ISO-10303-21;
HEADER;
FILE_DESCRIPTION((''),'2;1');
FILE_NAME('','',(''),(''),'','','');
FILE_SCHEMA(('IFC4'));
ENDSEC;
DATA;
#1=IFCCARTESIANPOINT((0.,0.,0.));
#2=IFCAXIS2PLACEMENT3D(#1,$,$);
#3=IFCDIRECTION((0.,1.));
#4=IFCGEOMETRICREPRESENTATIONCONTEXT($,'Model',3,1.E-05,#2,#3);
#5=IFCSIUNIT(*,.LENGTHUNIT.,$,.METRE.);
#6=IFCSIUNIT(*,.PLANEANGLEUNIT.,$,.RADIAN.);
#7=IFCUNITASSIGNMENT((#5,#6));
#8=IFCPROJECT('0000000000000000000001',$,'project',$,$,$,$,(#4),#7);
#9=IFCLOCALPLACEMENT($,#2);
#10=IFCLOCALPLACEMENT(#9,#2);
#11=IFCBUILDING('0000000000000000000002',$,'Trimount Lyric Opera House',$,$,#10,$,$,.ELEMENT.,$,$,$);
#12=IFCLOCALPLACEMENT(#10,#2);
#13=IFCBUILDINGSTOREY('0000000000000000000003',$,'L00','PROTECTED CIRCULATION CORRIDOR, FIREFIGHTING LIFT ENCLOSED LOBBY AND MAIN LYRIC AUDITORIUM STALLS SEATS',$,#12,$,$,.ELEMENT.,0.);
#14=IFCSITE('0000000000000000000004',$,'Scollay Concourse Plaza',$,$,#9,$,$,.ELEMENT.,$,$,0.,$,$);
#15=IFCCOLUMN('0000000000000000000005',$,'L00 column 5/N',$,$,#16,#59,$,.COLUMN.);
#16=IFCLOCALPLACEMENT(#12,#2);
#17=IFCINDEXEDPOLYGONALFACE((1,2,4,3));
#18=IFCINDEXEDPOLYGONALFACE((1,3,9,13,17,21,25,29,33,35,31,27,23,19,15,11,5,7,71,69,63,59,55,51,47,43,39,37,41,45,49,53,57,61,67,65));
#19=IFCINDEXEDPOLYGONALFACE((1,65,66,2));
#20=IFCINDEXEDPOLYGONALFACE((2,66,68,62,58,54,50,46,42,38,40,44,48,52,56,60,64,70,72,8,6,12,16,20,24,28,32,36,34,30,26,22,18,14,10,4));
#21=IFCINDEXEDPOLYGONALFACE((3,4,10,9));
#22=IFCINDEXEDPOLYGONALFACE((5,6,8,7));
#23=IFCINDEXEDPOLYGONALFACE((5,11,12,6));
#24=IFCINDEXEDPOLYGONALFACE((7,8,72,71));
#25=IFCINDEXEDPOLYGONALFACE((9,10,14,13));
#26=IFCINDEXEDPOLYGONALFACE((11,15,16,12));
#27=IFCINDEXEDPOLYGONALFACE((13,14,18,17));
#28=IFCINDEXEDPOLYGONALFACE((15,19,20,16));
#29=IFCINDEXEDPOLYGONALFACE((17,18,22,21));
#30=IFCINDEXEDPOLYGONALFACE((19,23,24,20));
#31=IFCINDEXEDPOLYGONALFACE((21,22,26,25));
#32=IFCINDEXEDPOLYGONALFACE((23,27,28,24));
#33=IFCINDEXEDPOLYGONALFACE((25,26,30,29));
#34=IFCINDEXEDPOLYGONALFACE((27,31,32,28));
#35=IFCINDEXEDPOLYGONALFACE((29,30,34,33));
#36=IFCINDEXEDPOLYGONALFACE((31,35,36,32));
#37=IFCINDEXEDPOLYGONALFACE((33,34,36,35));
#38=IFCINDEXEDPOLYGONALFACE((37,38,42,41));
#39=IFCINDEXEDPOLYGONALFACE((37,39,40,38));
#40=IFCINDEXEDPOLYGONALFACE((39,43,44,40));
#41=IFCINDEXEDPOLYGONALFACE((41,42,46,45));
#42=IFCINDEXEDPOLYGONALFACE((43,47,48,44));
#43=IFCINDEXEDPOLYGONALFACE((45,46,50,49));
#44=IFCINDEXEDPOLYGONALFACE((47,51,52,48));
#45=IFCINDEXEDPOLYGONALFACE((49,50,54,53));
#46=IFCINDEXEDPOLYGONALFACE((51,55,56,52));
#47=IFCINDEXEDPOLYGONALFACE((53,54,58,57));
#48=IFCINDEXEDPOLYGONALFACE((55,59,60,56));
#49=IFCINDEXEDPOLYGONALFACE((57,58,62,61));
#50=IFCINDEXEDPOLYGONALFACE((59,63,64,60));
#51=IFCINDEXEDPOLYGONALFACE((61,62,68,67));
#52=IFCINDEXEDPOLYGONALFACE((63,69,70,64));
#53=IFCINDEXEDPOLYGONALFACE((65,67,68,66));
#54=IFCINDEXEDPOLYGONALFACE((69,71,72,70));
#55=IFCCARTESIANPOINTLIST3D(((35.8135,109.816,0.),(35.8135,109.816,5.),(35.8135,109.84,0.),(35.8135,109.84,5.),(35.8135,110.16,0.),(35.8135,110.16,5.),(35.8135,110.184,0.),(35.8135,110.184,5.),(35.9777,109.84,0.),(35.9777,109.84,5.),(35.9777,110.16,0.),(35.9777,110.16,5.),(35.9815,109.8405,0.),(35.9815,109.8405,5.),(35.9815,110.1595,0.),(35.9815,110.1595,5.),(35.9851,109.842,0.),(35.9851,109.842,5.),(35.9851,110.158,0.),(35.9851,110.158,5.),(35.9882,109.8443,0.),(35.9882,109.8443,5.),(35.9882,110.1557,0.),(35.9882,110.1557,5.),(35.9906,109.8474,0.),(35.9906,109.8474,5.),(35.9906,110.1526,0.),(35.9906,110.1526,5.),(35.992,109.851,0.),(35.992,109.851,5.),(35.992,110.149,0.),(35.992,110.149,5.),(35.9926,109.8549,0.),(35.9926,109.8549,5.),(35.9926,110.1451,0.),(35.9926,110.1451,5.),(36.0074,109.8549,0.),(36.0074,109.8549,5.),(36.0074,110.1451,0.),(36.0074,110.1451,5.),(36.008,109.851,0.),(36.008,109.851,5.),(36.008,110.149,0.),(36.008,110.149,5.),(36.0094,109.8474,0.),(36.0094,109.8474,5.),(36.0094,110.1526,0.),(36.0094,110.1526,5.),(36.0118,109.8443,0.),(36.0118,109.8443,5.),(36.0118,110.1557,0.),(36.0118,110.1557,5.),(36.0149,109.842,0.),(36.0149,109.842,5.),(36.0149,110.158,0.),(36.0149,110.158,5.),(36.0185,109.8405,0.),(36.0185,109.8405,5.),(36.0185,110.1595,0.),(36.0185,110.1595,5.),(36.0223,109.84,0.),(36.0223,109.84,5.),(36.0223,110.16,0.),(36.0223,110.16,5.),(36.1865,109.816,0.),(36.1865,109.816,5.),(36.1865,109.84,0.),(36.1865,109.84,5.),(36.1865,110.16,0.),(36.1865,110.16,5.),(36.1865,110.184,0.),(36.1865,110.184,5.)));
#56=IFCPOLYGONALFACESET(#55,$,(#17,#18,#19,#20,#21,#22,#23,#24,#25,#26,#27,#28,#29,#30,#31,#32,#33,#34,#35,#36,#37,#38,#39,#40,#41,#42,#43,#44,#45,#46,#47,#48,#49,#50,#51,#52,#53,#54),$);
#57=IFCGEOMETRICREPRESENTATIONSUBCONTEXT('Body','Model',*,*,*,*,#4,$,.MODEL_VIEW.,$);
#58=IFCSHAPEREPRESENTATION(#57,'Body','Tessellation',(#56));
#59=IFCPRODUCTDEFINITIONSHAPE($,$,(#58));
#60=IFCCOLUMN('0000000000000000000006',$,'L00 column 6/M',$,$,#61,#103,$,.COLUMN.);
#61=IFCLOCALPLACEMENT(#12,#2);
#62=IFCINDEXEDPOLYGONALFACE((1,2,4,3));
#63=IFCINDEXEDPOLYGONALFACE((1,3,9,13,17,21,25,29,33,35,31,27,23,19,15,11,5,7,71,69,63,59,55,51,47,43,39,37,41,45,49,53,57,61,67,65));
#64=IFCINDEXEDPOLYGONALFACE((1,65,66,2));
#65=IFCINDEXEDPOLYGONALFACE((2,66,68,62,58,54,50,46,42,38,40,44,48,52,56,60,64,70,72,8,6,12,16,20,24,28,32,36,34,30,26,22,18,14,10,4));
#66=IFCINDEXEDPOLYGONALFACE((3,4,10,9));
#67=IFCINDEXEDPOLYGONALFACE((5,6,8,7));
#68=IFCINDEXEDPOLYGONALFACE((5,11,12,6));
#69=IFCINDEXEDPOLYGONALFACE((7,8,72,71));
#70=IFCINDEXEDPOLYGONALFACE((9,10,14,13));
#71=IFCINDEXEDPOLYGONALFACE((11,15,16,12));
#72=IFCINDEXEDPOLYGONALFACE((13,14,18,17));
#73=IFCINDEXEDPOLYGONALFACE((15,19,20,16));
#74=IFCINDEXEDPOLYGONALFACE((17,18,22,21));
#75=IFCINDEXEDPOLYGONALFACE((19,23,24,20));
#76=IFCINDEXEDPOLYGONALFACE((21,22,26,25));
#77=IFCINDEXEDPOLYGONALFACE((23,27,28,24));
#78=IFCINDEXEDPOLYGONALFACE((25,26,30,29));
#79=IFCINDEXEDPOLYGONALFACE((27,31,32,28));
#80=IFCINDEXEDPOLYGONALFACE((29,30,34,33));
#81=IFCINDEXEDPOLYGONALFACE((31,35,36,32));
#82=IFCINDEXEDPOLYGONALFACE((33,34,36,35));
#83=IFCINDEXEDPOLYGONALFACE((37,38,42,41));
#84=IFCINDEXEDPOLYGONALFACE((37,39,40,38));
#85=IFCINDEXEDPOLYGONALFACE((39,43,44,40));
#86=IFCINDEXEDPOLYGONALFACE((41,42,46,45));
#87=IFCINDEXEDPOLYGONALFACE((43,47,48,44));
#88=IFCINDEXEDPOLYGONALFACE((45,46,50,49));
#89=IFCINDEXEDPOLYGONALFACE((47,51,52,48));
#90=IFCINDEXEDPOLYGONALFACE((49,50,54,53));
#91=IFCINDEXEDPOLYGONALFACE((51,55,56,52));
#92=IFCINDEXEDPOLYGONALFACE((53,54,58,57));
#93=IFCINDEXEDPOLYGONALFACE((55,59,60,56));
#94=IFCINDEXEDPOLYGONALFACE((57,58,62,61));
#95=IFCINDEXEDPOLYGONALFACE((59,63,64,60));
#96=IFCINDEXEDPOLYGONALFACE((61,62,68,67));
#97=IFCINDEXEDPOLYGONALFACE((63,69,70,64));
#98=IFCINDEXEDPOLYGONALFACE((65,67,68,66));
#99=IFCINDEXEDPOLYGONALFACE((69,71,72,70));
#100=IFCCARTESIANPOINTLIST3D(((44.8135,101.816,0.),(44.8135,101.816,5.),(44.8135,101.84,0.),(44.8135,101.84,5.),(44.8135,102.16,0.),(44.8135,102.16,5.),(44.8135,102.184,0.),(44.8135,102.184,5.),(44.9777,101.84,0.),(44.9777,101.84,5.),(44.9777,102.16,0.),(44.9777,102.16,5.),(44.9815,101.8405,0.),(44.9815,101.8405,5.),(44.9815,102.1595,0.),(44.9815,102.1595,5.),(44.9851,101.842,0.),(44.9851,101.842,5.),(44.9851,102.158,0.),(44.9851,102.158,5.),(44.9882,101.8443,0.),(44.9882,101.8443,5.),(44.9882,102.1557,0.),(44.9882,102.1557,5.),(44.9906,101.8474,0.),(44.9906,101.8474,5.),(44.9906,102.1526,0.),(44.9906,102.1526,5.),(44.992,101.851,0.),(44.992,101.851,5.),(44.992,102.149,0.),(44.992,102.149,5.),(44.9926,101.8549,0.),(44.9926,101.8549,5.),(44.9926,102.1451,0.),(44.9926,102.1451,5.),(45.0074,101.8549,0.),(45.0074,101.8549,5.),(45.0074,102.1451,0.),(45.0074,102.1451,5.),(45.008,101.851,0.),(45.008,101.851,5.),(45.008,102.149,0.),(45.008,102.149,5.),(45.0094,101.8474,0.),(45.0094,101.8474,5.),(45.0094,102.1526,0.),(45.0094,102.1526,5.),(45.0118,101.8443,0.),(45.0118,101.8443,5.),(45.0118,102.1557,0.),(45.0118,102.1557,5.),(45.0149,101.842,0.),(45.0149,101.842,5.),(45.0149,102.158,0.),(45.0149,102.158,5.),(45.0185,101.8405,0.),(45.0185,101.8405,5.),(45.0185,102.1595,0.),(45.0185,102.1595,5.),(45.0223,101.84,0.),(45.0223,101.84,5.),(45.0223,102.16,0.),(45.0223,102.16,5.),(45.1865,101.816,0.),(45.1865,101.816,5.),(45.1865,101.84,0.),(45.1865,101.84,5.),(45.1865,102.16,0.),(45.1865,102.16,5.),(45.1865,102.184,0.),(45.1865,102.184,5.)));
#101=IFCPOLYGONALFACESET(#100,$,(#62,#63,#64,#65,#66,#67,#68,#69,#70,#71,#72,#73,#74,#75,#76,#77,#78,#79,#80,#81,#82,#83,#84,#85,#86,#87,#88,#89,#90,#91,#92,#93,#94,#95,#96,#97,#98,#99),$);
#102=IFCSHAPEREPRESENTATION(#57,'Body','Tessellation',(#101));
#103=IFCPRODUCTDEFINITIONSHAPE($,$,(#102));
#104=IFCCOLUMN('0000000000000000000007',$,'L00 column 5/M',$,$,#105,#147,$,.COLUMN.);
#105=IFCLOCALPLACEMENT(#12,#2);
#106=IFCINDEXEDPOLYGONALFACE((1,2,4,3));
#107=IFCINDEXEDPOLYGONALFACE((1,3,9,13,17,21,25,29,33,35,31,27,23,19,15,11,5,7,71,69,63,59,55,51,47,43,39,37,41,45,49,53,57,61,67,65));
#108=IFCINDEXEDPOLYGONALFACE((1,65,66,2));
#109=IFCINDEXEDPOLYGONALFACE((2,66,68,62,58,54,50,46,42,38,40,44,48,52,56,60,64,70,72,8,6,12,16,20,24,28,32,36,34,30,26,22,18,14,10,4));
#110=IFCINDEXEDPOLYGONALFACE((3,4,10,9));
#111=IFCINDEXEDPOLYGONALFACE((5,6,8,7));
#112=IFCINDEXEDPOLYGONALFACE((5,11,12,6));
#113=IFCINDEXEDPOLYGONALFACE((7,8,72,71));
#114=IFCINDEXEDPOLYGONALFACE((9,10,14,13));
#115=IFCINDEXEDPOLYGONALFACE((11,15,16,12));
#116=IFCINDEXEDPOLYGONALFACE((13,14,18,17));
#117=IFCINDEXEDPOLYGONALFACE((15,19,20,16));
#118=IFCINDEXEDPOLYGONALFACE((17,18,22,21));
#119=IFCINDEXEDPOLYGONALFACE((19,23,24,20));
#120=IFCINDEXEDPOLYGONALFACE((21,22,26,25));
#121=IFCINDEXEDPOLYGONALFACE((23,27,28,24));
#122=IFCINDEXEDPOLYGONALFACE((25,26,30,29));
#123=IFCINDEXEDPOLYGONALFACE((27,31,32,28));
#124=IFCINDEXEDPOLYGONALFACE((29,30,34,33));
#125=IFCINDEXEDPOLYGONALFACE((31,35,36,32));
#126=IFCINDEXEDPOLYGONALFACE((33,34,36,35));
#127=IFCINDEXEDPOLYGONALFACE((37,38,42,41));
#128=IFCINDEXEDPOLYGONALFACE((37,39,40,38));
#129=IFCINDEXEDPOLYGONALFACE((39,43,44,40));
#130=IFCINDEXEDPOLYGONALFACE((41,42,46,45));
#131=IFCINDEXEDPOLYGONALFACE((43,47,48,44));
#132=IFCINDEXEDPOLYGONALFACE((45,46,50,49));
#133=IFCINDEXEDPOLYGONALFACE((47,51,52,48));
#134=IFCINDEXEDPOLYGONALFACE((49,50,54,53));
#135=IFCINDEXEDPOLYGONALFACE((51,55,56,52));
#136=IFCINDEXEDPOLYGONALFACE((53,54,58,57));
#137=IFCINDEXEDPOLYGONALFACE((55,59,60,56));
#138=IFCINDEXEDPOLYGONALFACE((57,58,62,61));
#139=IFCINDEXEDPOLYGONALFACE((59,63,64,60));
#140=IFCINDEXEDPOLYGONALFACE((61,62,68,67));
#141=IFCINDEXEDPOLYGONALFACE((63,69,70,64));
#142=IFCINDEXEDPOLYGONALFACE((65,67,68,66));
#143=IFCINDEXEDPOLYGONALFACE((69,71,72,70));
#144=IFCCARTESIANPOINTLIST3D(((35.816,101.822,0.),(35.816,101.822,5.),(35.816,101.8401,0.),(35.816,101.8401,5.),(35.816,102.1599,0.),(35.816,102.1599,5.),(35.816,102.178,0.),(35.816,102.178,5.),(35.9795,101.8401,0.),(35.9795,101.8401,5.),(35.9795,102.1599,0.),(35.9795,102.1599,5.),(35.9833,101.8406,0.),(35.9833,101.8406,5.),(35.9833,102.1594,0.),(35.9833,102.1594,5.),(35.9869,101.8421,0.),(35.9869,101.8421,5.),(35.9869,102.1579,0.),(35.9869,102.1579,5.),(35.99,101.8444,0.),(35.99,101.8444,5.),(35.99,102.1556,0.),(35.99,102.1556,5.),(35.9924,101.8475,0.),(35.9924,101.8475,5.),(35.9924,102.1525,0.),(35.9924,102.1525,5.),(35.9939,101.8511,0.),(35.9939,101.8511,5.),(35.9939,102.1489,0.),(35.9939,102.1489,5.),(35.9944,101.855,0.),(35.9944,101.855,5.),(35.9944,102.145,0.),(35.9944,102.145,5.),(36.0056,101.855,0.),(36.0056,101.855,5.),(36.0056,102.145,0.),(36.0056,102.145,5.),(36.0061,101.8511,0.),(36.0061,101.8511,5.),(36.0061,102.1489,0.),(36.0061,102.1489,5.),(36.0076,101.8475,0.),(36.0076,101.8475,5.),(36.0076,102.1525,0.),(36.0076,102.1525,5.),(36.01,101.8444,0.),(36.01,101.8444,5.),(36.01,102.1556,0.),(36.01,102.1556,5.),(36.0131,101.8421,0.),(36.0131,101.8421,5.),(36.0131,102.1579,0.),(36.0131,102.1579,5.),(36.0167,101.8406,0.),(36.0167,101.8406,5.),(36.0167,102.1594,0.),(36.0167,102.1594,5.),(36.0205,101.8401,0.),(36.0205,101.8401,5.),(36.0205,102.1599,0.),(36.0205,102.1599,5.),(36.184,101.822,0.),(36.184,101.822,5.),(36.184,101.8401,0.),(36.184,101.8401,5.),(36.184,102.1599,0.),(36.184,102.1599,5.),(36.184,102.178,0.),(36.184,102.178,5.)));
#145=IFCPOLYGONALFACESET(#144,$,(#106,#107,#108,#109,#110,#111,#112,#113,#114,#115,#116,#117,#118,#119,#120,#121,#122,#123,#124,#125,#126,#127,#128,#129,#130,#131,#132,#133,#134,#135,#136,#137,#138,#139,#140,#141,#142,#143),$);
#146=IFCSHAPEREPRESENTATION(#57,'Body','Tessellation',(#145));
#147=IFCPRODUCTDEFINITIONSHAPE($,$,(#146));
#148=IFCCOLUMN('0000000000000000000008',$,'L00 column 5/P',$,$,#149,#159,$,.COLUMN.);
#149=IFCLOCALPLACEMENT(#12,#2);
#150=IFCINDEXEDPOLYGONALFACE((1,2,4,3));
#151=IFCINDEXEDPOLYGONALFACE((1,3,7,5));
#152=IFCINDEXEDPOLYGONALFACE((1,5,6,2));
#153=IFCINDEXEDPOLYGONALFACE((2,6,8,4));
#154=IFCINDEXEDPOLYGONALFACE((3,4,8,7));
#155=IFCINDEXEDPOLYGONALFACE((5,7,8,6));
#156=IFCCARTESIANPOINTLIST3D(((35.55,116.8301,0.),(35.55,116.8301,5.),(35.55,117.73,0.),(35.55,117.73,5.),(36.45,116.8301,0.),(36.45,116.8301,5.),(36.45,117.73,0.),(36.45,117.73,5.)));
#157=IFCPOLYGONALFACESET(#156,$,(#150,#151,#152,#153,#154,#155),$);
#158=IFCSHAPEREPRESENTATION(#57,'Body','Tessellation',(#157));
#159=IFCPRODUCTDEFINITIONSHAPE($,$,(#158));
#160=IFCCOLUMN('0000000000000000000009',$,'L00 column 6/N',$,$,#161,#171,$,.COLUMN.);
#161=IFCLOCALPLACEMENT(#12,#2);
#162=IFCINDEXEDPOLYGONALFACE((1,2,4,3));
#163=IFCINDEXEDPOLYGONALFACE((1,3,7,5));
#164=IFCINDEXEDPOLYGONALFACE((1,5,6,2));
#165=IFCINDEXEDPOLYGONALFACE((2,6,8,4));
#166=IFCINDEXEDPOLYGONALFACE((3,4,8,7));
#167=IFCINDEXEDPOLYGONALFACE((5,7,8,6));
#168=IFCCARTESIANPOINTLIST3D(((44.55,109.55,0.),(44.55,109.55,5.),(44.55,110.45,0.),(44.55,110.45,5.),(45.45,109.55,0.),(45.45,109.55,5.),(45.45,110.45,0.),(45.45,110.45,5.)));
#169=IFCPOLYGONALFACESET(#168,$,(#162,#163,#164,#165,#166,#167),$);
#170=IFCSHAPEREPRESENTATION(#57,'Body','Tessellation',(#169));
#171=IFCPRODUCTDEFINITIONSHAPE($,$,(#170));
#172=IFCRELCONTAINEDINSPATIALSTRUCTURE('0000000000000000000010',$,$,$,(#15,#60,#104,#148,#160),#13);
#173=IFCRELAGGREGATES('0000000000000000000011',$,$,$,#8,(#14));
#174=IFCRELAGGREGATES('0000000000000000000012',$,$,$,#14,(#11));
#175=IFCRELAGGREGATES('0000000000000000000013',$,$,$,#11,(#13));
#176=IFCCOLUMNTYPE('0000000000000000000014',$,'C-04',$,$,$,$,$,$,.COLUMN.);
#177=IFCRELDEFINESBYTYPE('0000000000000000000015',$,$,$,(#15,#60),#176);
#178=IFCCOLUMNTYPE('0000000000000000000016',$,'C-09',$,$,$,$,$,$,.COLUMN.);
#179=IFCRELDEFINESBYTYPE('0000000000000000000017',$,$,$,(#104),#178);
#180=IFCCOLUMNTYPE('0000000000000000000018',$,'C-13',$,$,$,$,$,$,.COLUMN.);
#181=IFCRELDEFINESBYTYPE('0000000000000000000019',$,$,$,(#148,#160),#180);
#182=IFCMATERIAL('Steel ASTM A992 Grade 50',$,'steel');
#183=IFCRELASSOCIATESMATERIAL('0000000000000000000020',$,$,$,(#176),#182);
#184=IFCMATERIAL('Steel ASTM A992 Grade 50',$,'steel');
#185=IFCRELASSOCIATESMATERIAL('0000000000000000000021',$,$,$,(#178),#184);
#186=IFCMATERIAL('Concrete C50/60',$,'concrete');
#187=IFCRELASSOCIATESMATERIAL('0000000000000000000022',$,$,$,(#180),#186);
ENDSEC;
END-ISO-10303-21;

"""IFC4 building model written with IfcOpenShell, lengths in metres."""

from ifc_helpers import new_model, si_unit, direction, frame, origin, origin_2d, place, context, subcontext, project, spatial, rectangle, i_section, extrude, material, material_profile, profile_set, type_object, element, save


model = new_model("IFC4")

# Units and contexts
model_context = context("Model", 3, precision=1e-05, world=origin(), true_north=direction((0.0, 1.0)))
body_context = subcontext(model_context, "Body", "Model", "MODEL_VIEW")
ifc_project = project(units=[si_unit("LENGTHUNIT", "METRE"), si_unit("PLANEANGLEUNIT", "RADIAN")], contexts=[model_context])

# Site, building, storey
site_placement = place(None, origin())
site = spatial("IfcSite", under=ifc_project, at=site_placement, Name="Scollay Concourse Plaza", CompositionType="ELEMENT", RefElevation=0.0)
building_placement = place(site_placement, origin())
building = spatial("IfcBuilding", under=site, at=building_placement, Name="Trimount Lyric Opera House", CompositionType="ELEMENT")
storey_placement = place(building_placement, origin())
storey = spatial("IfcBuildingStorey", under=building, at=storey_placement, Name="L00", Description="PROTECTED CIRCULATION CORRIDOR, FIREFIGHTING LIFT ENCLOSED LOBBY AND MAIN LYRIC AUDITORIUM STALLS SEATS", CompositionType="ELEMENT", Elevation=0.0)

# Columns
ifc_material_1 = material(Name="Steel ASTM A992 Grade 50", Category="steel")
ifc_material_profile_1 = material_profile(ifc_material_1, i_section(OverallWidth=0.373, OverallDepth=0.3679, WebThickness=0.0149, FlangeThickness=0.0239, FilletRadius=0.0149, at=origin_2d()), Name="W14X120")
ifc_profile_set_1 = profile_set([ifc_material_profile_1], Name="Steel ASTM A992 Grade 50")
column_type_1 = type_object("IfcColumnType", Name="C-04", PredefinedType="COLUMN", material=ifc_profile_set_1)
for number, where, z_axis, x_axis, name in (
    (1, (36.0, 110.0, 0.0), (0.0, 0.0, 1.0), (1.0, 0.0, 0.0), "L00 column 5/N"),
    (2, (45.0, 102.0, 0.0), (0.0, 0.0, 1.0), (1.0, 0.0, 0.0), "L00 column 6/M"),
):
    element("IfcColumn", number, at=place(storey_placement, frame(where, z_axis=z_axis, x_axis=x_axis)), inside=storey, type_object=column_type_1, Name=name, PredefinedType="COLUMN", context=body_context, shape_type="SweptSolid", body=[
        extrude(i_section(OverallWidth=0.373, OverallDepth=0.3679, WebThickness=0.0149, FlangeThickness=0.0239, FilletRadius=0.0149, at=origin_2d()), origin(), (0.0, 0.0, 1.0), 5.0),
    ])
ifc_material_2 = material(Name="Steel ASTM A992 Grade 50", Category="steel")
ifc_material_profile_2 = material_profile(ifc_material_2, i_section(OverallWidth=0.3679, OverallDepth=0.356, WebThickness=0.0112, FlangeThickness=0.0181, FilletRadius=0.0149, at=origin_2d()), Name="W14X90")
ifc_profile_set_2 = profile_set([ifc_material_profile_2], Name="Steel ASTM A992 Grade 50")
column_type_2 = type_object("IfcColumnType", Name="C-09", PredefinedType="COLUMN", material=ifc_profile_set_2)
column_placement = place(storey_placement, frame((36.0, 102.0, 0.0), z_axis=(0.0, 0.0, 1.0), x_axis=(1.0, 0.0, 0.0)))
element("IfcColumn", 3, at=column_placement, inside=storey, type_object=column_type_2, Name="L00 column 5/M", PredefinedType="COLUMN", context=body_context, shape_type="SweptSolid", body=[
    extrude(i_section(OverallWidth=0.3679, OverallDepth=0.356, WebThickness=0.0112, FlangeThickness=0.0181, FilletRadius=0.0149, at=origin_2d()), origin(), (0.0, 0.0, 1.0), 5.0),
])
ifc_material_3 = material(Name="Concrete C50/60", Category="concrete")
ifc_material_profile_3 = material_profile(ifc_material_3, rectangle(XDim=0.8999, YDim=0.8999, at=origin_2d()), Name="RC900X900")
ifc_profile_set_3 = profile_set([ifc_material_profile_3], Name="Concrete C50/60")
column_type_3 = type_object("IfcColumnType", Name="C-13", PredefinedType="COLUMN", material=ifc_profile_set_3)
for number, where, z_axis, x_axis, name in (
    (4, (36.0, 117.28, 0.0), (0.0, 0.0, 1.0), (1.0, 0.0, 0.0), "L00 column 5/P"),
    (5, (45.0, 110.0, 0.0), (0.0, 0.0, 1.0), (1.0, 0.0, 0.0), "L00 column 6/N"),
):
    element("IfcColumn", number, at=place(storey_placement, frame(where, z_axis=z_axis, x_axis=x_axis)), inside=storey, type_object=column_type_3, Name=name, PredefinedType="COLUMN", context=body_context, shape_type="SweptSolid", body=[
        extrude(rectangle(XDim=0.8999, YDim=0.8999, at=origin_2d()), origin(), (0.0, 0.0, 1.0), 5.0),
    ])

save(model, "model.ifc")
